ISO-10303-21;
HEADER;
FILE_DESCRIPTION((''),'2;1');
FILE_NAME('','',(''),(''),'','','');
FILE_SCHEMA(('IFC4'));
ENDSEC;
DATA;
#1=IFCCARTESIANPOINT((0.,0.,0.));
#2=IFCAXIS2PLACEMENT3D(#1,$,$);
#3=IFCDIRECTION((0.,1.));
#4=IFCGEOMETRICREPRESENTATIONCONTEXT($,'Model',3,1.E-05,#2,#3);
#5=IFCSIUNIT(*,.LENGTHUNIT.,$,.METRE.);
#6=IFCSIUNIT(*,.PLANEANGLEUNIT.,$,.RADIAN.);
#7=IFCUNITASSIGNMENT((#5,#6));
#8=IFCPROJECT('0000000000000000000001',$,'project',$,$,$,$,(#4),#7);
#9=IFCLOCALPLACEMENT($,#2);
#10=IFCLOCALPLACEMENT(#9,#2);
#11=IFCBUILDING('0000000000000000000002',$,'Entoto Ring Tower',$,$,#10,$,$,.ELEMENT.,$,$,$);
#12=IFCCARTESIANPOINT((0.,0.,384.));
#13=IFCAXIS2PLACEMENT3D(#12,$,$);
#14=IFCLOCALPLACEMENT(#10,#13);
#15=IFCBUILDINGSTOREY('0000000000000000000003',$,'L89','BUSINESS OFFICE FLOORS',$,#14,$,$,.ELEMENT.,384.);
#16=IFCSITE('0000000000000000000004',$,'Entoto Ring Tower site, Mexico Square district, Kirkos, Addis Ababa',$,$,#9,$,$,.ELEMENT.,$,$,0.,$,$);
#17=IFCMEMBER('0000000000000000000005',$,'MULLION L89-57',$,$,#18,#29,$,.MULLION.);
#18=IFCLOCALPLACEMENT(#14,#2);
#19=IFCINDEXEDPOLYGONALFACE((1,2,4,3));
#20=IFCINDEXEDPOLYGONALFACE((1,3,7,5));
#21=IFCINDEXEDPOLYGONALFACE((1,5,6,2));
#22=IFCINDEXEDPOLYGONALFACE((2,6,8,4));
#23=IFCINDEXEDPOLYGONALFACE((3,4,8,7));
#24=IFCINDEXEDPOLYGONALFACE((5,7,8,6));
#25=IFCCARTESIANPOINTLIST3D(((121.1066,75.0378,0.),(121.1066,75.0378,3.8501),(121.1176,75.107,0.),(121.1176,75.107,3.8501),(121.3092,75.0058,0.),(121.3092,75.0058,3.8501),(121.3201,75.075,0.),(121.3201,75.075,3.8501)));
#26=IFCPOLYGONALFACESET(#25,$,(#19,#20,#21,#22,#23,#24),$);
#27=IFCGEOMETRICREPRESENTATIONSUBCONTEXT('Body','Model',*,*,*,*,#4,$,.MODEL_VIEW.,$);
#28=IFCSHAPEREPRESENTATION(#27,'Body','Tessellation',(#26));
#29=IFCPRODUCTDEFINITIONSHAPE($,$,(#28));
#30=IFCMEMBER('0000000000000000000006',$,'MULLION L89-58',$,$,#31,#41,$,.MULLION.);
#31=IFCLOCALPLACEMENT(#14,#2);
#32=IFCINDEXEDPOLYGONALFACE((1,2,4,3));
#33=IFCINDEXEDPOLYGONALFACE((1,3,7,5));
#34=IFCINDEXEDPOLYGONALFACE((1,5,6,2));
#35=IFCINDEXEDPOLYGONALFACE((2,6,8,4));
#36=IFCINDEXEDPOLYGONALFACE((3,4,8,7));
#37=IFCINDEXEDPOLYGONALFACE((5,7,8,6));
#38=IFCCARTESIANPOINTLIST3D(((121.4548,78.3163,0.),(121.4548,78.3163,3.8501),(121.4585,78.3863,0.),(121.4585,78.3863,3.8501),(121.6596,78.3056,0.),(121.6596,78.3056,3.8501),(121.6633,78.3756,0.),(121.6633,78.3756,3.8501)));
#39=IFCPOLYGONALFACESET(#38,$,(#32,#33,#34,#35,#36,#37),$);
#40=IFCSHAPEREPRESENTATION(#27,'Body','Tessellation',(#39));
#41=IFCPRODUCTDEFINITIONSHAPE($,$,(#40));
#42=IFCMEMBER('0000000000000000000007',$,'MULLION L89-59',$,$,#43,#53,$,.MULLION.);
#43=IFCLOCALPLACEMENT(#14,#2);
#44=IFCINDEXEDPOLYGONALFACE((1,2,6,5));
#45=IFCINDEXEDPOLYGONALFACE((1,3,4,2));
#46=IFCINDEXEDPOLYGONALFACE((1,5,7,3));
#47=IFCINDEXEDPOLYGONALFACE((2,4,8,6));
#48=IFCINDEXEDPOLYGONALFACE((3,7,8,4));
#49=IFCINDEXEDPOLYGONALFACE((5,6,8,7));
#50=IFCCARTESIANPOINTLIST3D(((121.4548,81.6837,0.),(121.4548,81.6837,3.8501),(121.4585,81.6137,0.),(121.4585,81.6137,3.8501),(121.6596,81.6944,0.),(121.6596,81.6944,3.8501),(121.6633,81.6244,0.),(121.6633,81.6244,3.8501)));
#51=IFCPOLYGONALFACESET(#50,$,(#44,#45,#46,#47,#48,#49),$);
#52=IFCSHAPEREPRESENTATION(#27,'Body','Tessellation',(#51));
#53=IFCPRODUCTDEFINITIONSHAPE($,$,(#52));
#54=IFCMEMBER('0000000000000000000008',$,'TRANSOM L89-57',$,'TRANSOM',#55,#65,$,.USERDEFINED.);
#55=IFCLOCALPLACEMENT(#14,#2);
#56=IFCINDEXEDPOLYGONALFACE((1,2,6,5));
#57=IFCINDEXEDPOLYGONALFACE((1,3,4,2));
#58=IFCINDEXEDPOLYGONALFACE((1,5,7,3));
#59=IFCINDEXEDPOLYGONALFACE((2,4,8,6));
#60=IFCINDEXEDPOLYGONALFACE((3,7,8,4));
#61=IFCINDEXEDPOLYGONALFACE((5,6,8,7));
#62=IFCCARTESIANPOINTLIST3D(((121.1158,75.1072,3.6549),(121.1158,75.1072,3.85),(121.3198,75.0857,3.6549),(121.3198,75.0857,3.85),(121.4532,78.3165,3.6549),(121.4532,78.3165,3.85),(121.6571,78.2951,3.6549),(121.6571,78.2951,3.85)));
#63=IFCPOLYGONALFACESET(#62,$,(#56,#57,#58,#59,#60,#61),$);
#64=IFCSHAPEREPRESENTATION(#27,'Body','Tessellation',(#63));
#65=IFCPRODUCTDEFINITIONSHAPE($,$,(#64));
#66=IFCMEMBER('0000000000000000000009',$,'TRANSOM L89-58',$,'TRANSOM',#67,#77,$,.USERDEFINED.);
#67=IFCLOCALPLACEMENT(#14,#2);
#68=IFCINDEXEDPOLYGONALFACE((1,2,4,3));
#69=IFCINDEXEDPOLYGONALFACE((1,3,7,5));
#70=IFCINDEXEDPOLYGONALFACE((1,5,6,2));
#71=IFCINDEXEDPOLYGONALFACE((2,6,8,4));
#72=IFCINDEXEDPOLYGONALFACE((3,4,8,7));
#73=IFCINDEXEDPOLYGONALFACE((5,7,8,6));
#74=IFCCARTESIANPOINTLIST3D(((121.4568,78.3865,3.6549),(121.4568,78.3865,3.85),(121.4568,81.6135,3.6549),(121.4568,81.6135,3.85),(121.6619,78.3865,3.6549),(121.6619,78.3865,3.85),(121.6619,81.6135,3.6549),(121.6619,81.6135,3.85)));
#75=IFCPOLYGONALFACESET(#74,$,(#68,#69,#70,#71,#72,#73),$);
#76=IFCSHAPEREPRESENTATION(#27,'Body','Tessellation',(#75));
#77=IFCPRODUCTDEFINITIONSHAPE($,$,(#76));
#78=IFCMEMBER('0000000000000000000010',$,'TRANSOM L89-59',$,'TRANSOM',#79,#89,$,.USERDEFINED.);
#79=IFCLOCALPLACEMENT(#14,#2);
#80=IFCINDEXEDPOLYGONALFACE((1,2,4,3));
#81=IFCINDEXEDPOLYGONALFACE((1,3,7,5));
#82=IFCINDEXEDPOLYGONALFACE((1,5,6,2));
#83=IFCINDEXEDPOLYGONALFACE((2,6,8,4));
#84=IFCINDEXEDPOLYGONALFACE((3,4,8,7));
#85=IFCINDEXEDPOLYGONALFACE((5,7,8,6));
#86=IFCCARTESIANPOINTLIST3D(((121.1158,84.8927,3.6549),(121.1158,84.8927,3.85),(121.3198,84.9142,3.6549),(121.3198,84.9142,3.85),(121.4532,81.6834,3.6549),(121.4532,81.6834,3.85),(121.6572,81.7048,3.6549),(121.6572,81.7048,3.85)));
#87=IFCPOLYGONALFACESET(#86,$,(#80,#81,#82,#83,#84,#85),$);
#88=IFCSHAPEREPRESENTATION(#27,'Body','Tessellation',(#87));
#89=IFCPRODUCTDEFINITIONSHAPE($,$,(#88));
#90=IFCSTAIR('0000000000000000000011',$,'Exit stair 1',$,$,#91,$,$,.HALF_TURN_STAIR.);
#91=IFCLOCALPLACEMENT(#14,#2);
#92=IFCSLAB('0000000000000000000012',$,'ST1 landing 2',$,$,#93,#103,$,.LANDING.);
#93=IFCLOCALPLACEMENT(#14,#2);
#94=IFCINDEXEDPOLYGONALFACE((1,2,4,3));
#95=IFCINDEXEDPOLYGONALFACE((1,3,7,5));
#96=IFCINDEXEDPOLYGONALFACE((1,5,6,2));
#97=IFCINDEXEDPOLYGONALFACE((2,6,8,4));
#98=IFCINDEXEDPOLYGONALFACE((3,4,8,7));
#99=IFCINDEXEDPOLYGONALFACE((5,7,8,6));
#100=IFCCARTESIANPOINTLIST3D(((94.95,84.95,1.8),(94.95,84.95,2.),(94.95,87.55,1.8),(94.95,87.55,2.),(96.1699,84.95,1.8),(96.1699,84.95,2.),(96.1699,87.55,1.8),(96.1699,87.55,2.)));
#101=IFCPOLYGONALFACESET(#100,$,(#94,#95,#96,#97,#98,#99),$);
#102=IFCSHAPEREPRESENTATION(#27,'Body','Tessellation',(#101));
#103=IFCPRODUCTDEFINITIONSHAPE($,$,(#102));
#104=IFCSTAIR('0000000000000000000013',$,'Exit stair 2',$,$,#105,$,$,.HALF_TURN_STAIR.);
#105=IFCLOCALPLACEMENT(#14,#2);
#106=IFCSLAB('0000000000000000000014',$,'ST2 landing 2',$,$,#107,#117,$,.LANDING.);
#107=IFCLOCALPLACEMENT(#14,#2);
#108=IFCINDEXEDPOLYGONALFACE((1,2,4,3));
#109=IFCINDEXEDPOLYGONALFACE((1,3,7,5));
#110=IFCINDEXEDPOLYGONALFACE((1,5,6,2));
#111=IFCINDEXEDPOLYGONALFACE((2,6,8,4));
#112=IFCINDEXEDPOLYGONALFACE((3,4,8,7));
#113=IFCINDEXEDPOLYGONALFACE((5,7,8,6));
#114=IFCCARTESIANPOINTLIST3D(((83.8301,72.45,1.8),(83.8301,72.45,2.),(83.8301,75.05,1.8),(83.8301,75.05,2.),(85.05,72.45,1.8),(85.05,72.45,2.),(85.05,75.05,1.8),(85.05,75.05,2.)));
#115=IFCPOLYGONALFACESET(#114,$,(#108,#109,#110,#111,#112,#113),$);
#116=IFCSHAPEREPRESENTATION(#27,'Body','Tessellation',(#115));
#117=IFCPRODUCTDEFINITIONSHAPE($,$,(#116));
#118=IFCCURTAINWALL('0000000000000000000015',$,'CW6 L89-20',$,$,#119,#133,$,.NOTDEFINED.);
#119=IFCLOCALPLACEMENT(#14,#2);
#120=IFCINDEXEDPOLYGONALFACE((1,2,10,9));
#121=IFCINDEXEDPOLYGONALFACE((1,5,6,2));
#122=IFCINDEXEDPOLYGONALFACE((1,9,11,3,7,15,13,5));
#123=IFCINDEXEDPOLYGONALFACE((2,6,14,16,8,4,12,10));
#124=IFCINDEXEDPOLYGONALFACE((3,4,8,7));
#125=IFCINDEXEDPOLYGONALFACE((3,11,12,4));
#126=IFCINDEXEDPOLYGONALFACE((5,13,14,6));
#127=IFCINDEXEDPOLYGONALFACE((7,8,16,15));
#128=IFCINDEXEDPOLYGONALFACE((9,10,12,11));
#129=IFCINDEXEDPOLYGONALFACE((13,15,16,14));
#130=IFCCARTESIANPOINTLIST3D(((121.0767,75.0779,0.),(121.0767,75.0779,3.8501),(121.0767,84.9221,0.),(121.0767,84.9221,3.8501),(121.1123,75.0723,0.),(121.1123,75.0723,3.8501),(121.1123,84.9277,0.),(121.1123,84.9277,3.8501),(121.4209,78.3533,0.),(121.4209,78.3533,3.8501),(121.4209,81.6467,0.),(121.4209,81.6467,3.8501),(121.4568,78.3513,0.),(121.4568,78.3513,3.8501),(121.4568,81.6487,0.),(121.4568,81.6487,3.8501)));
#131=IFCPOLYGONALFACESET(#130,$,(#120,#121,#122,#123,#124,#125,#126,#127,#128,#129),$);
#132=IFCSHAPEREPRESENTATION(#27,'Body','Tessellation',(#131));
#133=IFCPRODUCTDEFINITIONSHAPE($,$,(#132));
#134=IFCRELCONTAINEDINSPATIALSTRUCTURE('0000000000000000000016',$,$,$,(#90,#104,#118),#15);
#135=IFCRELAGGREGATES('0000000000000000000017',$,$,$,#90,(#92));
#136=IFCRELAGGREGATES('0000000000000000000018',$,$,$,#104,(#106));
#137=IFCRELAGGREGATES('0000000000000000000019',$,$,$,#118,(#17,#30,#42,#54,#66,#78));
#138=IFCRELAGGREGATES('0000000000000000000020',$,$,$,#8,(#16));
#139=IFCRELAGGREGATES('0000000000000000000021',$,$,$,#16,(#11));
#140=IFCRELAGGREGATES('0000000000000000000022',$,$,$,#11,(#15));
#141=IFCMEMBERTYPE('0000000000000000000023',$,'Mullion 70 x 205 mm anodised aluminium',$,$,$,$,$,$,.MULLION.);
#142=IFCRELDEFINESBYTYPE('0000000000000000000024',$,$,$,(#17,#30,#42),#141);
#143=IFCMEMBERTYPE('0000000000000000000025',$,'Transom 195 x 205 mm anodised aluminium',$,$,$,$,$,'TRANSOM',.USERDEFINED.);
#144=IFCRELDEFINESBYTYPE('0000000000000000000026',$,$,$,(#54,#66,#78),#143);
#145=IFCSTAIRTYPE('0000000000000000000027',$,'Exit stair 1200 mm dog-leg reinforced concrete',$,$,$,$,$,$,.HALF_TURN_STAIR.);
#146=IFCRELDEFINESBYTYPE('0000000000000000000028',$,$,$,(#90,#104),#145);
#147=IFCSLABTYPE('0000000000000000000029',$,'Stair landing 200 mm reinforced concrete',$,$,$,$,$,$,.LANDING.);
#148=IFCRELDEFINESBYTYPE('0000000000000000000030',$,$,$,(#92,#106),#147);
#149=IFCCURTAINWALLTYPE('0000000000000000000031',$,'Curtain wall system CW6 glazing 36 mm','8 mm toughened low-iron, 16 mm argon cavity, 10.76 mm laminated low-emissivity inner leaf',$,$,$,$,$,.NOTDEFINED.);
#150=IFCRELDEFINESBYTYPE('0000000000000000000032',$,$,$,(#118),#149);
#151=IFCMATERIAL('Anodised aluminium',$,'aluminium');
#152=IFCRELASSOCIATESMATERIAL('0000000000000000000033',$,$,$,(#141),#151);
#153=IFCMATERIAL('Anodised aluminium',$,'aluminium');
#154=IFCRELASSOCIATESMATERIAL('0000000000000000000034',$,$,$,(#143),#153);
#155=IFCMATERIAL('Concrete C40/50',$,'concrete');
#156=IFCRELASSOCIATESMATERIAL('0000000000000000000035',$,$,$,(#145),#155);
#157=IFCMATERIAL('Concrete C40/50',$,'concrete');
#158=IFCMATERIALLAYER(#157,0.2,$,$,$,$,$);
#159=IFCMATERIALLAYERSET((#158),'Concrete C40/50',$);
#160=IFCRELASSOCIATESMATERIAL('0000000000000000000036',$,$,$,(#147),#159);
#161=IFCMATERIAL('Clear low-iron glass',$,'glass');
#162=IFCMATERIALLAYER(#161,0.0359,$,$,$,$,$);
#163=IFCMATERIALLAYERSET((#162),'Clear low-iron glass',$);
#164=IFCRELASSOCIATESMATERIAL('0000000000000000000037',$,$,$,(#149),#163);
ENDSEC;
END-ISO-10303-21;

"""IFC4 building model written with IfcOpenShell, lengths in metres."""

from ifc_helpers import new_model, si_unit, direction, frame, origin, origin_2d, place, context, subcontext, project, spatial, polyline, rectangle, outline, extrude, material, layer, layer_set, material_profile, profile_set, type_object, element, aggregate, save


model = new_model("IFC4")

# Units and contexts
model_context = context("Model", 3, precision=1e-05, world=origin(), true_north=direction((0.0, 1.0)))
body_context = subcontext(model_context, "Body", "Model", "MODEL_VIEW")
ifc_project = project(units=[si_unit("LENGTHUNIT", "METRE"), si_unit("PLANEANGLEUNIT", "RADIAN")], contexts=[model_context])

# Members
ifc_material_1 = material(Name="Anodised aluminium", Category="aluminium")
ifc_material_profile_1 = material_profile(ifc_material_1, rectangle(XDim=0.0701, YDim=0.2051, at=origin_2d()), Name="Mullion 70 x 205 mm anodised aluminium")
ifc_profile_set_1 = profile_set([ifc_material_profile_1], Name="Anodised aluminium")
member_type_1 = type_object("IfcMemberType", Name="Mullion 70 x 205 mm anodised aluminium", PredefinedType="MULLION", material=ifc_profile_set_1)
site_placement = place(None, origin())
building_placement = place(site_placement, origin())
storey_placement = place(building_placement, frame((0.0, 0.0, 384.0)))
member_1_placement = place(storey_placement, frame((121.2134, 75.0564, 0.0), z_axis=(0.0, 0.0, 1.0), x_axis=(0.156434, 0.987688, 0.0)))
member_1 = element("IfcMember", 1, at=member_1_placement, type_object=member_type_1, Name="MULLION L89-57", PredefinedType="MULLION", context=body_context, shape_type="SweptSolid", body=[
    extrude(rectangle(XDim=0.0701, YDim=0.2051, at=origin_2d()), origin(), (0.0, 0.0, 1.0), 3.8501),
])
member_2_placement = place(storey_placement, frame((121.5591, 78.3459, 0.0), z_axis=(0.0, 0.0, 1.0), x_axis=(0.052336, 0.99863, 0.0)))
member_2 = element("IfcMember", 2, at=member_2_placement, type_object=member_type_1, Name="MULLION L89-58", PredefinedType="MULLION", context=body_context, shape_type="SweptSolid", body=[
    extrude(rectangle(XDim=0.0701, YDim=0.2051, at=origin_2d()), origin(), (0.0, 0.0, 1.0), 3.8501),
])
member_3_placement = place(storey_placement, frame((121.5591, 81.6541, 0.0), z_axis=(0.0, 0.0, 1.0), x_axis=(-0.052336, 0.99863, 0.0)))
member_3 = element("IfcMember", 3, at=member_3_placement, type_object=member_type_1, Name="MULLION L89-59", PredefinedType="MULLION", context=body_context, shape_type="SweptSolid", body=[
    extrude(rectangle(XDim=0.0701, YDim=0.2051, at=origin_2d()), origin(), (0.0, 0.0, 1.0), 3.8501),
])
ifc_material_2 = material(Name="Anodised aluminium", Category="aluminium")
ifc_material_profile_2 = material_profile(ifc_material_2, rectangle(XDim=0.2051, YDim=0.1951, at=origin_2d()), Name="Transom 195 x 205 mm anodised aluminium")
ifc_profile_set_2 = profile_set([ifc_material_profile_2], Name="Anodised aluminium")
member_type_2 = type_object("IfcMemberType", Name="Transom 195 x 205 mm anodised aluminium", ElementType="TRANSOM", PredefinedType="USERDEFINED", material=ifc_profile_set_2)
member_4_placement = place(storey_placement, frame((121.2178, 75.0964, 3.7524), z_axis=(0.104551, 0.99452, 0.0), x_axis=(-0.99452, 0.104551, 0.0)))
member_4 = element("IfcMember", 4, at=member_4_placement, type_object=member_type_2, Name="TRANSOM L89-57", ObjectType="TRANSOM", PredefinedType="USERDEFINED", context=body_context, shape_type="SweptSolid", body=[
    extrude(rectangle(XDim=0.2051, YDim=0.1951, at=origin_2d()), origin(), (0.0, 0.0, 1.0), 3.2271),
])
member_5_placement = place(storey_placement, frame((121.5593, 78.3865, 3.7524), z_axis=(0.0, 1.0, 0.0), x_axis=(-1.0, 0.0, 0.0)))
member_5 = element("IfcMember", 5, at=member_5_placement, type_object=member_type_2, Name="TRANSOM L89-58", ObjectType="TRANSOM", PredefinedType="USERDEFINED", context=body_context, shape_type="SweptSolid", body=[
    extrude(rectangle(XDim=0.2051, YDim=0.1951, at=origin_2d()), origin(), (0.0, 0.0, 1.0), 3.2271),
])
member_6_placement = place(storey_placement, frame((121.5552, 81.6941, 3.7524), z_axis=(-0.104551, 0.99452, 0.0), x_axis=(-0.99452, -0.104551, 0.0)))
member_6 = element("IfcMember", 6, at=member_6_placement, type_object=member_type_2, Name="TRANSOM L89-59", ObjectType="TRANSOM", PredefinedType="USERDEFINED", context=body_context, shape_type="SweptSolid", body=[
    extrude(rectangle(XDim=0.2051, YDim=0.1951, at=origin_2d()), origin(), (0.0, 0.0, 1.0), 3.2271),
])

# Site, building, storey
site = spatial("IfcSite", under=ifc_project, at=site_placement, Name="Entoto Ring Tower site, Mexico Square district, Kirkos, Addis Ababa", CompositionType="ELEMENT", RefElevation=0.0)
building = spatial("IfcBuilding", under=site, at=building_placement, Name="Entoto Ring Tower", CompositionType="ELEMENT")
storey = spatial("IfcBuildingStorey", under=building, at=storey_placement, Name="L89", Description="BUSINESS OFFICE FLOORS", CompositionType="ELEMENT", Elevation=384.0)

# Stairs, slabs
ifc_material_3 = material(Name="Concrete C40/50", Category="concrete")
stair_type = type_object("IfcStairType", Name="Exit stair 1200 mm dog-leg reinforced concrete", PredefinedType="HALF_TURN_STAIR", material=ifc_material_3)
stair_1_placement = place(storey_placement, origin())
stair_1 = element("IfcStair", 7, at=stair_1_placement, inside=storey, type_object=stair_type, Name="Exit stair 1", PredefinedType="HALF_TURN_STAIR")
ifc_material_4 = material(Name="Concrete C40/50", Category="concrete")
ifc_layer_1 = layer(ifc_material_4, 0.2)
ifc_layer_set_1 = layer_set([ifc_layer_1], Name="Concrete C40/50")
slab_type = type_object("IfcSlabType", Name="Stair landing 200 mm reinforced concrete", PredefinedType="LANDING", material=ifc_layer_set_1)
slab_1_placement = place(storey_placement, frame((0.0, 0.0, 1.8)))
slab_1 = element("IfcSlab", 8, at=slab_1_placement, type_object=slab_type, Name="ST1 landing 2", PredefinedType="LANDING", context=body_context, shape_type="SweptSolid", body=[
    extrude(outline(polyline([(94.95, 84.95), (96.1699, 84.95), (96.1699, 87.55), (94.95, 87.55), (94.95, 84.95)])), origin(), (0.0, 0.0, 1.0), 0.2),
])
aggregate(stair_1, [slab_1])
stair_2_placement = place(storey_placement, origin())
stair_2 = element("IfcStair", 9, at=stair_2_placement, inside=storey, type_object=stair_type, Name="Exit stair 2", PredefinedType="HALF_TURN_STAIR")
slab_2_placement = place(storey_placement, frame((0.0, 0.0, 1.8)))
slab_2 = element("IfcSlab", 10, at=slab_2_placement, type_object=slab_type, Name="ST2 landing 2", PredefinedType="LANDING", context=body_context, shape_type="SweptSolid", body=[
    extrude(outline(polyline([(83.8301, 72.45), (85.05, 72.45), (85.05, 75.05), (83.8301, 75.05), (83.8301, 72.45)])), origin(), (0.0, 0.0, 1.0), 0.2),
])
aggregate(stair_2, [slab_2])

# Curtain wall
ifc_material_5 = material(Name="Clear low-iron glass", Category="glass")
ifc_layer_2 = layer(ifc_material_5, 0.0359)
ifc_layer_set_2 = layer_set([ifc_layer_2], Name="Clear low-iron glass")
curtain_wall_type = type_object("IfcCurtainWallType", Name="Curtain wall system CW6 glazing 36 mm", Description="8 mm toughened low-iron, 16 mm argon cavity, 10.76 mm laminated low-emissivity inner leaf", PredefinedType="NOTDEFINED", material=ifc_layer_set_2)
curtain_wall_1_placement = place(storey_placement, origin())
curtain_wall_1 = element("IfcCurtainWall", 11, at=curtain_wall_1_placement, inside=storey, type_object=curtain_wall_type, Name="CW6 L89-20", PredefinedType="NOTDEFINED", context=body_context, shape_type="SweptSolid", body=[
    extrude(outline(polyline([(121.1123, 75.0723), (121.4568, 78.3513), (121.4568, 81.6487), (121.1123, 84.9277), (121.0767, 84.9221), (121.4209, 81.6467), (121.4209, 78.3533), (121.0767, 75.0779), (121.1123, 75.0723)])), origin(), (0.0, 0.0, 1.0), 3.8501),
])
aggregate(curtain_wall_1, [member_1, member_2, member_3, member_4, member_5, member_6])

save(model, "model.ifc")
